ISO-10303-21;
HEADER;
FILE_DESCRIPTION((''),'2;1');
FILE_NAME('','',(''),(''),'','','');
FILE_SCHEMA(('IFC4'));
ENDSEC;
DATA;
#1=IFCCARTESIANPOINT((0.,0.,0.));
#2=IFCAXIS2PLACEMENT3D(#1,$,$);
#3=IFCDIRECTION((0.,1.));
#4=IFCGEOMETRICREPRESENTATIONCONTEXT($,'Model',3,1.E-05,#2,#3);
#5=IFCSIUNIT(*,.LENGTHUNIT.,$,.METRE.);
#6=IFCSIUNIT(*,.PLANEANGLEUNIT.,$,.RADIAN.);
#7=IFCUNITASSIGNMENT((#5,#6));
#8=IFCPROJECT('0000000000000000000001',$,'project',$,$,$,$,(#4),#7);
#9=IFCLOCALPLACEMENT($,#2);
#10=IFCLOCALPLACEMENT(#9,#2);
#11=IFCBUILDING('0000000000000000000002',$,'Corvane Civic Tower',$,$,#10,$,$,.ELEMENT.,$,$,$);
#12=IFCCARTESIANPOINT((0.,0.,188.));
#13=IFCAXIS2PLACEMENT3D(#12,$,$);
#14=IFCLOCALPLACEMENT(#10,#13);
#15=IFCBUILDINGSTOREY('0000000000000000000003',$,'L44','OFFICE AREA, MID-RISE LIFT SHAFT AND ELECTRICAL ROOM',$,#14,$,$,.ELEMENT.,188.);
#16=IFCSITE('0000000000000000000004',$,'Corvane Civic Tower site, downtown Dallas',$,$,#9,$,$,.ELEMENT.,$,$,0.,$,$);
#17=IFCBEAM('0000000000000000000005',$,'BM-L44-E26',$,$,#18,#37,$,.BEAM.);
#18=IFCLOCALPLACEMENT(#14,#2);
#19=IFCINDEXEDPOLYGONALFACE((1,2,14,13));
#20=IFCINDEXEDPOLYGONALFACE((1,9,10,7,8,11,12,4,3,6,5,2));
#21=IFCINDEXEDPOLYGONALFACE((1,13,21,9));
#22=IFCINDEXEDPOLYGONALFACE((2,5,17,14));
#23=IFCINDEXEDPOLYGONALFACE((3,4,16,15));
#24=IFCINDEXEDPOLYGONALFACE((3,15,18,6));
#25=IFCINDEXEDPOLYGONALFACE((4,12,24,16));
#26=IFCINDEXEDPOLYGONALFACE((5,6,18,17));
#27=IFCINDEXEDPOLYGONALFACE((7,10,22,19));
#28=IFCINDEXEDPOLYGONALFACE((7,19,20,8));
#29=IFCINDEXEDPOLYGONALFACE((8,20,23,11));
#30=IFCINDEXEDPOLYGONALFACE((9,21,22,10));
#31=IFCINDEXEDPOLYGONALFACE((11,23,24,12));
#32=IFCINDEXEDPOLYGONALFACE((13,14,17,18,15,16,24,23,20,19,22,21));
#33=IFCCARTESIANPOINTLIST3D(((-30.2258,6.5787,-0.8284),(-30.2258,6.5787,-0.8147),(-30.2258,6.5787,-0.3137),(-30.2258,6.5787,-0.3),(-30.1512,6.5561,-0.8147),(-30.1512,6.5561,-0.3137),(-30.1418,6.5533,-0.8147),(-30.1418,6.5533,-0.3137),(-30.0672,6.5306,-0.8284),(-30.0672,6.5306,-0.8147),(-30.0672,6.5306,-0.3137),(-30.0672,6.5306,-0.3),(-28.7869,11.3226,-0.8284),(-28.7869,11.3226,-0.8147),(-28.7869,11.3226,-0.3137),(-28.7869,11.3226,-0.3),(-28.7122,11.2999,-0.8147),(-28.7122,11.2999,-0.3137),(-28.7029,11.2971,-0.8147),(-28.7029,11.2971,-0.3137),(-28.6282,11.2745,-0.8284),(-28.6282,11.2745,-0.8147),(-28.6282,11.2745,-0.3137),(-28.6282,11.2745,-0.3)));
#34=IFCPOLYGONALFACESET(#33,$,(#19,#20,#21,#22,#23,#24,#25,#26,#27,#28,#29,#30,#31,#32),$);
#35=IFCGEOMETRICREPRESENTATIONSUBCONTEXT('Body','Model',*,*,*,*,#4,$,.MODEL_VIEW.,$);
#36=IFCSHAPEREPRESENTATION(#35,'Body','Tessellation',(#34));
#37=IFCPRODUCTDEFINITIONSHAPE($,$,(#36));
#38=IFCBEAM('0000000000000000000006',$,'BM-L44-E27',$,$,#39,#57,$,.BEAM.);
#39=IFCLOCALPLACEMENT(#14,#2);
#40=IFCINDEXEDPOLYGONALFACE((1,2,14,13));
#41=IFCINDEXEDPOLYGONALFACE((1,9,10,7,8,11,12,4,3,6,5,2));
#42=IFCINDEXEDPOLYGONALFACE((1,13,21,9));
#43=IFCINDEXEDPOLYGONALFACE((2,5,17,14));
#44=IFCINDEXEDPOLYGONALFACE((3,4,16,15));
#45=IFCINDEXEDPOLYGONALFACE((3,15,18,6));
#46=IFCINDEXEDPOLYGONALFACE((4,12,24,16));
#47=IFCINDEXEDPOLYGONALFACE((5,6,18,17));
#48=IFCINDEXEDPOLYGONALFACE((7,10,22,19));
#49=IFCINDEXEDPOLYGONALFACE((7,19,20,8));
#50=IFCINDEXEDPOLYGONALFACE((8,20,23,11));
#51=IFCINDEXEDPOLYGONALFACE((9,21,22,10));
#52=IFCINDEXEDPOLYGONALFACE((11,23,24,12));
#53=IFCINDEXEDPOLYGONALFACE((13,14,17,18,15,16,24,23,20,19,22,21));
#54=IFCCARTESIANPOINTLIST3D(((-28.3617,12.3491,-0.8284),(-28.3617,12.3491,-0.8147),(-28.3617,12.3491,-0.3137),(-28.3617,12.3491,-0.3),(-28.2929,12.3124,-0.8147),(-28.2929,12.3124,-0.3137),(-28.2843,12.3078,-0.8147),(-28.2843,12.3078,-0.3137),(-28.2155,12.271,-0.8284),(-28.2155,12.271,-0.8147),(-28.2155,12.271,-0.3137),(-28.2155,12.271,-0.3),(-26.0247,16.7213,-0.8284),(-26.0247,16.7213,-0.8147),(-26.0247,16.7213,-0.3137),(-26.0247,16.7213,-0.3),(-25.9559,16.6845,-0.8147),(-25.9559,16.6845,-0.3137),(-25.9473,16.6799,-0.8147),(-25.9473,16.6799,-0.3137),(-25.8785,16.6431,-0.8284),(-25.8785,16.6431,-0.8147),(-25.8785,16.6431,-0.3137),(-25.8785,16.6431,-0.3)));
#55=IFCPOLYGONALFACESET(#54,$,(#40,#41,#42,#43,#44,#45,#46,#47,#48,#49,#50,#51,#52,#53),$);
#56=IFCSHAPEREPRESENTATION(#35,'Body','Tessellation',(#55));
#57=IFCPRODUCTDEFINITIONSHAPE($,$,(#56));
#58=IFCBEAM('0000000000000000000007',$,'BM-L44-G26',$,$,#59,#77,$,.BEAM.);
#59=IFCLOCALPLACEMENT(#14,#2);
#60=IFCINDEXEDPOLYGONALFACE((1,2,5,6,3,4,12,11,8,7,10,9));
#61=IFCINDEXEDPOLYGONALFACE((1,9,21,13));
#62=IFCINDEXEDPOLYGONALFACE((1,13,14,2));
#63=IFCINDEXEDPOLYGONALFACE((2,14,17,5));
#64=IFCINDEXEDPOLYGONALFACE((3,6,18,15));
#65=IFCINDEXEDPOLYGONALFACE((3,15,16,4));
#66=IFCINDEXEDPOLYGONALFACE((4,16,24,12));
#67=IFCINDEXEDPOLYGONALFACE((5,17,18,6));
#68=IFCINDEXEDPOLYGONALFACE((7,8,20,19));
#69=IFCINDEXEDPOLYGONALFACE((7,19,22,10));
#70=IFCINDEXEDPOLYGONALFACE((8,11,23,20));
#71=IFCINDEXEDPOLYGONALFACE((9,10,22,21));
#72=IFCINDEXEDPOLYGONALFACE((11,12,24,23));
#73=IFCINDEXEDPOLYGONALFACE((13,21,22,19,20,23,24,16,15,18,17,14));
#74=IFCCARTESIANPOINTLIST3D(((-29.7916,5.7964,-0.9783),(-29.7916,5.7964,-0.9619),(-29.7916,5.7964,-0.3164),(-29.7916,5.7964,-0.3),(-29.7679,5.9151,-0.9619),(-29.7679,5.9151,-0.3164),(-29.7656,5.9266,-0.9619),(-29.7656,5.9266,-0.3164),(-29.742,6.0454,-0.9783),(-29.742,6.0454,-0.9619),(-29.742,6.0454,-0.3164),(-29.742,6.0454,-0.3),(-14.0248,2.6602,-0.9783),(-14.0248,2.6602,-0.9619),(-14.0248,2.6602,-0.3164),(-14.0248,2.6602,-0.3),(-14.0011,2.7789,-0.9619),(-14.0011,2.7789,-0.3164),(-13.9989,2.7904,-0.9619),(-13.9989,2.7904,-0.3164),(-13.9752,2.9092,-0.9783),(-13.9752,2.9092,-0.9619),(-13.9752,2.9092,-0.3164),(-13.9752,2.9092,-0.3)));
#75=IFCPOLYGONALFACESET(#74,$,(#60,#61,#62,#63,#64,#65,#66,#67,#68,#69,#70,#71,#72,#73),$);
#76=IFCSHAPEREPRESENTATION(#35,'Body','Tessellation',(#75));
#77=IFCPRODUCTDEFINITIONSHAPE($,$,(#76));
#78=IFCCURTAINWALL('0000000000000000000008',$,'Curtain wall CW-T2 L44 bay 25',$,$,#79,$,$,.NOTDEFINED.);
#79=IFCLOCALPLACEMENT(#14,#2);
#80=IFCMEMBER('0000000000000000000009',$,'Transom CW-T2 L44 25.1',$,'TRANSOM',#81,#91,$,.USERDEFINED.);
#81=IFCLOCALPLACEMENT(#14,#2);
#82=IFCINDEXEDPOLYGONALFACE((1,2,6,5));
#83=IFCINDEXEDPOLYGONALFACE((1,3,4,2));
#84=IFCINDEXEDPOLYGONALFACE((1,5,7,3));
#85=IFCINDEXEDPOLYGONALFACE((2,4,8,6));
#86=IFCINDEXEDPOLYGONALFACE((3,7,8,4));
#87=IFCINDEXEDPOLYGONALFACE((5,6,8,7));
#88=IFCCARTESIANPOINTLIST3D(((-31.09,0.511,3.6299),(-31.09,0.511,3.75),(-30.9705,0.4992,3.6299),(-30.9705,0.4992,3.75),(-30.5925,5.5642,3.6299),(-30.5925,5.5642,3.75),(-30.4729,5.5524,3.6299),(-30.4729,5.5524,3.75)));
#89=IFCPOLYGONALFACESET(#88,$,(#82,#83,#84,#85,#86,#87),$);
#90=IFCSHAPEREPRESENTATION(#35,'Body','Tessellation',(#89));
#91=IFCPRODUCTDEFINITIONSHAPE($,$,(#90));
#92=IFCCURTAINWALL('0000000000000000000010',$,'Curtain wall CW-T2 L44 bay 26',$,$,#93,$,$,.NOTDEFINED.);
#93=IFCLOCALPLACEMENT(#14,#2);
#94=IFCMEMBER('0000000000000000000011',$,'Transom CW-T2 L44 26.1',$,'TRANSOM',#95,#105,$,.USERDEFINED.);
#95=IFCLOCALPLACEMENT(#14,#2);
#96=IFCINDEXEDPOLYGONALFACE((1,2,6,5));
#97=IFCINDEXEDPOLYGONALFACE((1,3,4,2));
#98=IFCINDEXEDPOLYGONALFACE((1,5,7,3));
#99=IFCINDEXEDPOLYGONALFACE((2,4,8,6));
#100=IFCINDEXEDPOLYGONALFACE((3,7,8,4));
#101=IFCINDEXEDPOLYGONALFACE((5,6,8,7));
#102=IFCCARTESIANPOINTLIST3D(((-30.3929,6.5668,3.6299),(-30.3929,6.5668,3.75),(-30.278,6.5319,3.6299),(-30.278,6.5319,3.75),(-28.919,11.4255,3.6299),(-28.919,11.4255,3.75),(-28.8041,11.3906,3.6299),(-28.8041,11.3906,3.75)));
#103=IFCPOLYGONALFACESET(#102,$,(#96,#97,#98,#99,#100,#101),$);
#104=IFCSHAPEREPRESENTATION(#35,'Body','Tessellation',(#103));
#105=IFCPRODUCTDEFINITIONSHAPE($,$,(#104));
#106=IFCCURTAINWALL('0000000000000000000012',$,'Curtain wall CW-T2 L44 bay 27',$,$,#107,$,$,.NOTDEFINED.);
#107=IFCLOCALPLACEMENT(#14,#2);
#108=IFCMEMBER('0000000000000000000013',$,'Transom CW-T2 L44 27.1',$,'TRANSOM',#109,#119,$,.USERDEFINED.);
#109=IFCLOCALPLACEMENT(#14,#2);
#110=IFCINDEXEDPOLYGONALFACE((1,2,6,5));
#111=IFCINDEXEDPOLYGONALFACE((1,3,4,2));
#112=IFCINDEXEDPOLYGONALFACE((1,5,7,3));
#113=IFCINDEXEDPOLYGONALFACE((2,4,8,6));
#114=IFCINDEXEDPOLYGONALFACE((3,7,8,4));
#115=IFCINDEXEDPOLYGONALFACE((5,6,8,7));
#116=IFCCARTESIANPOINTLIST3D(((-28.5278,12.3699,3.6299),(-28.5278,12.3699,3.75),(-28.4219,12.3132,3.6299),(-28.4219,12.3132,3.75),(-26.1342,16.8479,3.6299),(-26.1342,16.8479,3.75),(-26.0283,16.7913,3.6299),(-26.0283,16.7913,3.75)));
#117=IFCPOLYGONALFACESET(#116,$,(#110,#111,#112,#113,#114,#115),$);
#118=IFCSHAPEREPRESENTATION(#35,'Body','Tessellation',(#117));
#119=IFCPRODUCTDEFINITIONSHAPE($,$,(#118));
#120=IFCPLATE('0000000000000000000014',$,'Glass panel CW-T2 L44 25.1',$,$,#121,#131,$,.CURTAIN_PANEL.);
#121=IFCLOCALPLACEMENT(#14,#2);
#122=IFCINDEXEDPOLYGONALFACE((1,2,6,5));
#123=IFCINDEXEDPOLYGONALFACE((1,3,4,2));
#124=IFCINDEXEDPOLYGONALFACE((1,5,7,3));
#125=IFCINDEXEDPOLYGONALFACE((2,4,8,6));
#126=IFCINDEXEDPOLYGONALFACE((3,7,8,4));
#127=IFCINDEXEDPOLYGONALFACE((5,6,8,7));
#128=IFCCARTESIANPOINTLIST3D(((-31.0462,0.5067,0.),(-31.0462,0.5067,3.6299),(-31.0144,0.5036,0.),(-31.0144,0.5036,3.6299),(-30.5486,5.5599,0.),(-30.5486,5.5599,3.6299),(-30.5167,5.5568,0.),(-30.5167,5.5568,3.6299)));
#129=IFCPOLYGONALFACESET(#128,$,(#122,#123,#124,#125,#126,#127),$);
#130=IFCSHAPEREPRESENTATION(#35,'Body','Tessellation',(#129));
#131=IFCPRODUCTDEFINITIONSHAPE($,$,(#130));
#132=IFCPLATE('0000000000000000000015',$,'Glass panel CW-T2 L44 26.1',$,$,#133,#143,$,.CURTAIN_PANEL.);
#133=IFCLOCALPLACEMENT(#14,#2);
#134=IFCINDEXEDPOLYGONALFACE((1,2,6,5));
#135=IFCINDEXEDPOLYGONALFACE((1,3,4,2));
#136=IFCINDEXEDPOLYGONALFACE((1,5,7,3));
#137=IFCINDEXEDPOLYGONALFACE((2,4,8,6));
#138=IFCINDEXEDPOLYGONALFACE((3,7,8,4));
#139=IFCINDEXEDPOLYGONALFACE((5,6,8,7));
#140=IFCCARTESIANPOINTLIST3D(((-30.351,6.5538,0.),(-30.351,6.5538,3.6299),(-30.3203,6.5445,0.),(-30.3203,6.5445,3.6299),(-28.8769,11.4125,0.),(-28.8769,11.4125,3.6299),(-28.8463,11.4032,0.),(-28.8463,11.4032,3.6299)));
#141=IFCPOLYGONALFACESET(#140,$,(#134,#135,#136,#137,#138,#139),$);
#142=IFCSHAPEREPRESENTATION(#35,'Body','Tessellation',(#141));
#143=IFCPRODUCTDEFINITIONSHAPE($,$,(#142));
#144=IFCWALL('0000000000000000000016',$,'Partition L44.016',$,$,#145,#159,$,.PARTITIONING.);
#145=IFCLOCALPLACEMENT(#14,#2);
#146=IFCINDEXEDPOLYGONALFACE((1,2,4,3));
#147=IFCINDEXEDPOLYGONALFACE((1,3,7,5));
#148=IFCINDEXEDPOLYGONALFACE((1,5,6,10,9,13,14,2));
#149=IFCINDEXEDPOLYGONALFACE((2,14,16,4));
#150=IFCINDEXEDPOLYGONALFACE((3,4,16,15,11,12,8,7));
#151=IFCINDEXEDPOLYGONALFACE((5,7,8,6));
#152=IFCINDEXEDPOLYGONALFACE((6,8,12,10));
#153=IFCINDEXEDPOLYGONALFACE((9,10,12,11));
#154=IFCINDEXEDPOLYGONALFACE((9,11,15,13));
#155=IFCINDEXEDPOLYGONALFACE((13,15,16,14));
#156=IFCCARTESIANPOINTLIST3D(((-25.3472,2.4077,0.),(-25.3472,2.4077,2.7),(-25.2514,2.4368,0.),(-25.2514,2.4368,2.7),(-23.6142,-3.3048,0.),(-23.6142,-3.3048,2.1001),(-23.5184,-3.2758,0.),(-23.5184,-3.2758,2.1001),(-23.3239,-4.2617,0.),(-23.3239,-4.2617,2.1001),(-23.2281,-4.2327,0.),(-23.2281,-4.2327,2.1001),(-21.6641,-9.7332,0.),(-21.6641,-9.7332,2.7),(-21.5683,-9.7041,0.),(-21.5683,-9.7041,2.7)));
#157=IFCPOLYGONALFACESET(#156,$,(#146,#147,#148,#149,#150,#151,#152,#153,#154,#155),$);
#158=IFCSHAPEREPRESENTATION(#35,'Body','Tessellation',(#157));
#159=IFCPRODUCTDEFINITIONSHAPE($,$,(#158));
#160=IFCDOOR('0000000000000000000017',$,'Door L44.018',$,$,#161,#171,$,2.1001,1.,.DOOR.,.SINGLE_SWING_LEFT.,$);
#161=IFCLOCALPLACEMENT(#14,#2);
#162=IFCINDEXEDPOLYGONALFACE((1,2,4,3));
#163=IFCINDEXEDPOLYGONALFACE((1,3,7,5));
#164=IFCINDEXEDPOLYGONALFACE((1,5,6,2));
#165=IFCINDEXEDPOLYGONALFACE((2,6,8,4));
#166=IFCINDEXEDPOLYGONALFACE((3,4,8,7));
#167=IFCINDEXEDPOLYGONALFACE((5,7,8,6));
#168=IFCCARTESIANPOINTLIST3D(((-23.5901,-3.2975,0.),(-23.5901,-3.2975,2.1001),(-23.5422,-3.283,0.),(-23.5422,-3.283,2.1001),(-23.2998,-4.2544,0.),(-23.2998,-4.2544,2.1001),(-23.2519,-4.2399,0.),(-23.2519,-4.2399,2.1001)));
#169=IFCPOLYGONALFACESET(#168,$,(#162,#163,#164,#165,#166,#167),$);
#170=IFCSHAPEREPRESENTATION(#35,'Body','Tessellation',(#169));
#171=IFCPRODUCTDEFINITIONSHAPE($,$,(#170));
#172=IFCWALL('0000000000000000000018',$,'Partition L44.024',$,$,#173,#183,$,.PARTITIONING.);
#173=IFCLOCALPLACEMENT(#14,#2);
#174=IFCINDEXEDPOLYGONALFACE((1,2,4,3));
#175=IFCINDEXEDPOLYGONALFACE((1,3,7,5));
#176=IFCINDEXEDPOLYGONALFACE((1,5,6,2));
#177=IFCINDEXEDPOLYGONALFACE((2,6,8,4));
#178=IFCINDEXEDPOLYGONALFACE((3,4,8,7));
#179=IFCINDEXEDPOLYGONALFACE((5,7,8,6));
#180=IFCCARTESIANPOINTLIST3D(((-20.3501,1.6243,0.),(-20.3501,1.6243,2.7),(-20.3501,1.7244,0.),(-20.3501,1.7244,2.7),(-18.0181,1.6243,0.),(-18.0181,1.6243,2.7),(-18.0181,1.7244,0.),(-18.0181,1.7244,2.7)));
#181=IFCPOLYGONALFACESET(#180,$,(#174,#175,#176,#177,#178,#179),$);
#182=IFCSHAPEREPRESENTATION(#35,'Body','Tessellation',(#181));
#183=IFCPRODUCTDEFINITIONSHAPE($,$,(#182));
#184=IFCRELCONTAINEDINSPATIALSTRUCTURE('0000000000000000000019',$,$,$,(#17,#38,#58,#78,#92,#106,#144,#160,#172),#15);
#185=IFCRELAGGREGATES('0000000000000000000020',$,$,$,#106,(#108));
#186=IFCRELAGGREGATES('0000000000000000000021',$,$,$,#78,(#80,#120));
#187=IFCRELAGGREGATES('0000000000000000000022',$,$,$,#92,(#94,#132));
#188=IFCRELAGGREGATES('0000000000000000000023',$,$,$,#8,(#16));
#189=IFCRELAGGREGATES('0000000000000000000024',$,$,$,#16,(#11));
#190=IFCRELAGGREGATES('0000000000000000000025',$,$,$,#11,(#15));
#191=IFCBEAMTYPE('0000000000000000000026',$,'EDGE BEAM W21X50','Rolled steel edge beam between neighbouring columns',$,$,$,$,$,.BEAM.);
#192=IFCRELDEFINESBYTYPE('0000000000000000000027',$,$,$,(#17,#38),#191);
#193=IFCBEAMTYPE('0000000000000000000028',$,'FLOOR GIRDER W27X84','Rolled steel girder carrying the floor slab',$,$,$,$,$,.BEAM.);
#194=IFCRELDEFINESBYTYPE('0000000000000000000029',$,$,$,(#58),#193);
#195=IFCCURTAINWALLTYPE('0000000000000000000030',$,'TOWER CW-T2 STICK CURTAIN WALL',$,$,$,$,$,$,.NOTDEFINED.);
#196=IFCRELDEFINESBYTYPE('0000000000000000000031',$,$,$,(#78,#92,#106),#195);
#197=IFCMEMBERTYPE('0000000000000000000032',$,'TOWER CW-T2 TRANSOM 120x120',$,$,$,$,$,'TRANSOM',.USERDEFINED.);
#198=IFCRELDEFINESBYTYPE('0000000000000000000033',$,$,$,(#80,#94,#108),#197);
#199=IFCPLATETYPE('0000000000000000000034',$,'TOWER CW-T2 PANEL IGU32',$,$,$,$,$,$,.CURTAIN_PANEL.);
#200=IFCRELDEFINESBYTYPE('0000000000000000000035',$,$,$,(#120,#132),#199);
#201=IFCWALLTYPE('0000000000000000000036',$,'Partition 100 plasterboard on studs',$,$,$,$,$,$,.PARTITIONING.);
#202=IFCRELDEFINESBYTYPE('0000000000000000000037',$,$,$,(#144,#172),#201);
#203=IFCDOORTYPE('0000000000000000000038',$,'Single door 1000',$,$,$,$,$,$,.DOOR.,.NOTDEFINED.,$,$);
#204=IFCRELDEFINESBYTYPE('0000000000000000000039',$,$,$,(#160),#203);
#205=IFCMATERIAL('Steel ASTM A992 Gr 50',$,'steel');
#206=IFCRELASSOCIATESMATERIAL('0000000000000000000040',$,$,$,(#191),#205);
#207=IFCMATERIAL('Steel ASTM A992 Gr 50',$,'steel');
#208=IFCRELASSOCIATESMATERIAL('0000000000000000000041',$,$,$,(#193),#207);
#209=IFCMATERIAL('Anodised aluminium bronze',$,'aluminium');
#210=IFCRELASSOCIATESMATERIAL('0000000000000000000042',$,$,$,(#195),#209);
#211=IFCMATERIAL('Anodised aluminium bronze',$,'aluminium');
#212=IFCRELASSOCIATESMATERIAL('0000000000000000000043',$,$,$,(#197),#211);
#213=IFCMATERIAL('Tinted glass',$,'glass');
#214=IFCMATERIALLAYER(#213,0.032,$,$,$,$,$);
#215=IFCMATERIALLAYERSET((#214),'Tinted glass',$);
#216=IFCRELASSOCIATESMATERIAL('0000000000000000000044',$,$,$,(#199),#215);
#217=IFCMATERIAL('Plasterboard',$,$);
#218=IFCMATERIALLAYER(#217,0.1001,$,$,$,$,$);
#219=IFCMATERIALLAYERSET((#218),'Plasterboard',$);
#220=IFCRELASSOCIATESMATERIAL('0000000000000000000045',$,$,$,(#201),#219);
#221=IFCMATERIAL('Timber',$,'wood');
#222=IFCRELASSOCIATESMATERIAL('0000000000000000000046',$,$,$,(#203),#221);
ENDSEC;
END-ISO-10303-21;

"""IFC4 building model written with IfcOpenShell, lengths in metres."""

from ifc_helpers import new_model, si_unit, direction, frame, frame_2d, origin, origin_2d, place, context, subcontext, project, spatial, rectangle, i_section, extrude, material, layer, layer_set, material_profile, profile_set, type_object, element, fill, aggregate, save


model = new_model("IFC4")

# Units and contexts
model_context = context("Model", 3, precision=1e-05, world=origin(), true_north=direction((0.0, 1.0)))
body_context = subcontext(model_context, "Body", "Model", "MODEL_VIEW")
ifc_project = project(units=[si_unit("LENGTHUNIT", "METRE"), si_unit("PLANEANGLEUNIT", "RADIAN")], contexts=[model_context])

# Site, building, storey
site_placement = place(None, origin())
site = spatial("IfcSite", under=ifc_project, at=site_placement, Name="Corvane Civic Tower site, downtown Dallas", CompositionType="ELEMENT", RefElevation=0.0)
building_placement = place(site_placement, origin())
building = spatial("IfcBuilding", under=site, at=building_placement, Name="Corvane Civic Tower", CompositionType="ELEMENT")
storey_placement = place(building_placement, frame((0.0, 0.0, 188.0)))
storey = spatial("IfcBuildingStorey", under=building, at=storey_placement, Name="L44", Description="OFFICE AREA, MID-RISE LIFT SHAFT AND ELECTRICAL ROOM", CompositionType="ELEMENT", Elevation=188.0)

# Beams
ifc_material_1 = material(Name="Steel ASTM A992 Gr 50", Category="steel")
ifc_material_profile_1 = material_profile(ifc_material_1, i_section(OverallWidth=0.1658, OverallDepth=0.5283, WebThickness=0.0098, FlangeThickness=0.0137, at=origin_2d()), Name="W21X50")
ifc_profile_set_1 = profile_set([ifc_material_profile_1], Name="Steel ASTM A992 Gr 50")
beam_type_1 = type_object("IfcBeamType", Name="EDGE BEAM W21X50", Description="Rolled steel edge beam between neighbouring columns", PredefinedType="BEAM", material=ifc_profile_set_1)
beam_1_placement = place(storey_placement, frame((-30.1465, 6.5547, -0.5642), z_axis=(0.29027, 0.956945, 0.0), x_axis=(-0.956945, 0.29027, 0.0)))
element("IfcBeam", 1, at=beam_1_placement, inside=storey, type_object=beam_type_1, Name="BM-L44-E26", PredefinedType="BEAM", context=body_context, shape_type="SweptSolid", body=[
    extrude(i_section(OverallWidth=0.1658, OverallDepth=0.5283, WebThickness=0.0098, FlangeThickness=0.0137, at=origin_2d()), origin(), (0.0, 0.0, 1.0), 4.9573),
])
beam_2_placement = place(storey_placement, frame((-28.2886, 12.3101, -0.5642), z_axis=(0.471396, 0.881922, 0.0), x_axis=(-0.881922, 0.471396, 0.0)))
element("IfcBeam", 2, at=beam_2_placement, inside=storey, type_object=beam_type_1, Name="BM-L44-E27", PredefinedType="BEAM", context=body_context, shape_type="SweptSolid", body=[
    extrude(i_section(OverallWidth=0.1658, OverallDepth=0.5283, WebThickness=0.0098, FlangeThickness=0.0137, at=origin_2d()), origin(), (0.0, 0.0, 1.0), 4.9575),
])
ifc_material_2 = material(Name="Steel ASTM A992 Gr 50", Category="steel")
ifc_material_profile_2 = material_profile(ifc_material_2, i_section(OverallWidth=0.2539, OverallDepth=0.6782, WebThickness=0.0117, FlangeThickness=0.0164, at=origin_2d()), Name="W27X84")
ifc_profile_set_2 = profile_set([ifc_material_profile_2], Name="Steel ASTM A992 Gr 50")
beam_type_2 = type_object("IfcBeamType", Name="FLOOR GIRDER W27X84", Description="Rolled steel girder carrying the floor slab", PredefinedType="BEAM", material=ifc_profile_set_2)
beam_3_placement = place(storey_placement, frame((-14.0, 2.7847, -0.6392), z_axis=(-0.980785, 0.195091, 0.0), x_axis=(-0.195091, -0.980785, 0.0)))
element("IfcBeam", 3, at=beam_3_placement, inside=storey, type_object=beam_type_2, Name="BM-L44-G26", PredefinedType="BEAM", context=body_context, shape_type="SweptSolid", body=[
    extrude(i_section(OverallWidth=0.2539, OverallDepth=0.6782, WebThickness=0.0117, FlangeThickness=0.0164, at=origin_2d()), origin(), (0.0, 0.0, 1.0), 16.0757),
])

# Curtain walls, members
ifc_material_3 = material(Name="Anodised aluminium bronze", Category="aluminium")
curtain_wall_type = type_object("IfcCurtainWallType", Name="TOWER CW-T2 STICK CURTAIN WALL", PredefinedType="NOTDEFINED", material=ifc_material_3)
curtain_wall_1_placement = place(storey_placement, origin())
curtain_wall_1 = element("IfcCurtainWall", 4, at=curtain_wall_1_placement, inside=storey, type_object=curtain_wall_type, Name="Curtain wall CW-T2 L44 bay 25", PredefinedType="NOTDEFINED")
ifc_material_4 = material(Name="Anodised aluminium bronze", Category="aluminium")
ifc_material_profile_3 = material_profile(ifc_material_4, rectangle(XDim=0.1201, YDim=0.1201, at=origin_2d()), Name="TOWER CW-T2 TRANSOM 120x120")
ifc_profile_set_3 = profile_set([ifc_material_profile_3], Name="Anodised aluminium bronze")
member_type = type_object("IfcMemberType", Name="TOWER CW-T2 TRANSOM 120x120", ElementType="TRANSOM", PredefinedType="USERDEFINED", material=ifc_profile_set_3)
member_1_placement = place(storey_placement, frame((-31.0303, 0.5051, 3.6899), z_axis=(0.09799, 0.995187, 0.0), x_axis=(-0.995187, 0.09799, 0.0)))
member_1 = element("IfcMember", 5, at=member_1_placement, type_object=member_type, Name="Transom CW-T2 L44 25.1", ObjectType="TRANSOM", PredefinedType="USERDEFINED", context=body_context, shape_type="SweptSolid", body=[
    extrude(rectangle(XDim=0.1201, YDim=0.1201, at=origin_2d()), origin(), (0.0, 0.0, 1.0), 5.0776),
])
curtain_wall_2_placement = place(storey_placement, origin())
curtain_wall_2 = element("IfcCurtainWall", 6, at=curtain_wall_2_placement, inside=storey, type_object=curtain_wall_type, Name="Curtain wall CW-T2 L44 bay 26", PredefinedType="NOTDEFINED")
member_2_placement = place(storey_placement, frame((-30.3354, 6.5493, 3.6899), z_axis=(0.290289, 0.956939, 0.0), x_axis=(-0.956939, 0.290289, 0.0)))
member_2 = element("IfcMember", 7, at=member_2_placement, type_object=member_type, Name="Transom CW-T2 L44 26.1", ObjectType="TRANSOM", PredefinedType="USERDEFINED", context=body_context, shape_type="SweptSolid", body=[
    extrude(rectangle(XDim=0.1201, YDim=0.1201, at=origin_2d()), origin(), (0.0, 0.0, 1.0), 5.0774),
])
curtain_wall_3_placement = place(storey_placement, origin())
curtain_wall_3 = element("IfcCurtainWall", 8, at=curtain_wall_3_placement, inside=storey, type_object=curtain_wall_type, Name="Curtain wall CW-T2 L44 bay 27", PredefinedType="NOTDEFINED")
member_3_placement = place(storey_placement, frame((-28.4749, 12.3416, 3.6899), z_axis=(0.471397, 0.881921, 0.0), x_axis=(-0.881921, 0.471397, 0.0)))
member_3 = element("IfcMember", 9, at=member_3_placement, type_object=member_type, Name="Transom CW-T2 L44 27.1", ObjectType="TRANSOM", PredefinedType="USERDEFINED", context=body_context, shape_type="SweptSolid", body=[
    extrude(rectangle(XDim=0.1201, YDim=0.1201, at=origin_2d()), origin(), (0.0, 0.0, 1.0), 5.0776),
])
aggregate(curtain_wall_3, [member_3])

# Plates
ifc_material_5 = material(Name="Tinted glass", Category="glass")
ifc_layer_1 = layer(ifc_material_5, 0.032)
ifc_layer_set_1 = layer_set([ifc_layer_1], Name="Tinted glass")
plate_type = type_object("IfcPlateType", Name="TOWER CW-T2 PANEL IGU32", PredefinedType="CURTAIN_PANEL", material=ifc_layer_set_1)
plate_1_placement = place(storey_placement, frame((-30.7815, 3.0317, 0.0), z_axis=(0.0, 0.0, 1.0), x_axis=(0.098012, 0.995185, 0.0)))
plate_1 = element("IfcPlate", 10, at=plate_1_placement, type_object=plate_type, Name="Glass panel CW-T2 L44 25.1", PredefinedType="CURTAIN_PANEL", context=body_context, shape_type="SweptSolid", body=[
    extrude(rectangle(XDim=5.0776, YDim=0.032, at=origin_2d()), origin(), (0.0, 0.0, 1.0), 3.6299),
])
aggregate(curtain_wall_1, [member_1, plate_1])
plate_2_placement = place(storey_placement, frame((-29.5986, 8.9785, 0.0), z_axis=(0.0, 0.0, 1.0), x_axis=(0.290313, 0.956932, 0.0)))
plate_2 = element("IfcPlate", 11, at=plate_2_placement, type_object=plate_type, Name="Glass panel CW-T2 L44 26.1", PredefinedType="CURTAIN_PANEL", context=body_context, shape_type="SweptSolid", body=[
    extrude(rectangle(XDim=5.0774, YDim=0.032, at=origin_2d()), origin(), (0.0, 0.0, 1.0), 3.6299),
])
aggregate(curtain_wall_2, [member_2, plate_2])

# Wall, opening, door
ifc_material_6 = material(Name="Plasterboard")
ifc_layer_2 = layer(ifc_material_6, 0.1001)
ifc_layer_set_2 = layer_set([ifc_layer_2], Name="Plasterboard")
wall_type_1 = type_object("IfcWallType", Name="Partition 100 plasterboard on studs", PredefinedType="PARTITIONING", material=ifc_layer_set_2)
wall_1_placement = place(storey_placement, frame((-25.2993, 2.4224, 0.0), z_axis=(0.0, 0.0, 1.0), x_axis=(0.2903, -0.956936, 0.0)))
wall_1 = element("IfcWall", 12, at=wall_1_placement, inside=storey, type_object=wall_type_1, Name="Partition L44.016", PredefinedType="PARTITIONING", context=body_context, shape_type="SweptSolid", body=[
    extrude(rectangle(XDim=12.6873, YDim=0.1001, at=frame_2d((6.3438, 0.0))), origin(), (0.0, 0.0, 1.0), 2.7),
])
opening_1_placement = place(wall_1_placement, frame((5.9697, 0.0, 0.0)))
opening_1 = element("IfcOpeningElement", 13, at=opening_1_placement, cuts=wall_1, PredefinedType="OPENING", context=body_context, shape_type="SweptSolid", body=[
    extrude(rectangle(XDim=1.0, YDim=2.1001, at=frame_2d((0.5, 1.05))), frame((0.0, 0.0601, 0.0), z_axis=(0.0, -1.0, 0.0), x_axis=(1.0, 0.0, 0.0)), (0.0, 0.0, 1.0), 0.1201),
])
ifc_material_7 = material(Name="Timber", Category="wood")
door_type_1 = type_object("IfcDoorType", Name="Single door 1000", OperationType="NOTDEFINED", PredefinedType="DOOR", material=ifc_material_7)
door_1_placement = place(opening_1_placement, frame((1.0, 0.0, 0.0), z_axis=(0.0, 0.0, 1.0), x_axis=(-1.0, 0.0, 0.0)))
door_1 = element("IfcDoor", 14, at=door_1_placement, inside=storey, type_object=door_type_1, Name="Door L44.018", OperationType="SINGLE_SWING_LEFT", OverallHeight=2.1001, OverallWidth=1.0, PredefinedType="DOOR", context=body_context, shape_type="SweptSolid", body=[
    extrude(rectangle(XDim=1.0, YDim=2.1001, at=frame_2d((0.5, 1.05))), frame((0.0, 0.0249, 0.0), z_axis=(0.0, -1.0, 0.0), x_axis=(1.0, 0.0, 0.0)), (0.0, 0.0, 1.0), 0.05),
])
fill(opening_1, door_1)

# Wall
wall_2_placement = place(storey_placement, frame((-20.3501, 1.6743, 0.0), z_axis=(0.0, 0.0, 1.0), x_axis=(1.0, 0.0, 0.0)))
element("IfcWall", 15, at=wall_2_placement, inside=storey, type_object=wall_type_1, Name="Partition L44.024", PredefinedType="PARTITIONING", context=body_context, shape_type="SweptSolid", body=[
    extrude(rectangle(XDim=2.332, YDim=0.1001, at=frame_2d((1.166, 0.0))), origin(), (0.0, 0.0, 1.0), 2.7),
])

save(model, "model.ifc")
